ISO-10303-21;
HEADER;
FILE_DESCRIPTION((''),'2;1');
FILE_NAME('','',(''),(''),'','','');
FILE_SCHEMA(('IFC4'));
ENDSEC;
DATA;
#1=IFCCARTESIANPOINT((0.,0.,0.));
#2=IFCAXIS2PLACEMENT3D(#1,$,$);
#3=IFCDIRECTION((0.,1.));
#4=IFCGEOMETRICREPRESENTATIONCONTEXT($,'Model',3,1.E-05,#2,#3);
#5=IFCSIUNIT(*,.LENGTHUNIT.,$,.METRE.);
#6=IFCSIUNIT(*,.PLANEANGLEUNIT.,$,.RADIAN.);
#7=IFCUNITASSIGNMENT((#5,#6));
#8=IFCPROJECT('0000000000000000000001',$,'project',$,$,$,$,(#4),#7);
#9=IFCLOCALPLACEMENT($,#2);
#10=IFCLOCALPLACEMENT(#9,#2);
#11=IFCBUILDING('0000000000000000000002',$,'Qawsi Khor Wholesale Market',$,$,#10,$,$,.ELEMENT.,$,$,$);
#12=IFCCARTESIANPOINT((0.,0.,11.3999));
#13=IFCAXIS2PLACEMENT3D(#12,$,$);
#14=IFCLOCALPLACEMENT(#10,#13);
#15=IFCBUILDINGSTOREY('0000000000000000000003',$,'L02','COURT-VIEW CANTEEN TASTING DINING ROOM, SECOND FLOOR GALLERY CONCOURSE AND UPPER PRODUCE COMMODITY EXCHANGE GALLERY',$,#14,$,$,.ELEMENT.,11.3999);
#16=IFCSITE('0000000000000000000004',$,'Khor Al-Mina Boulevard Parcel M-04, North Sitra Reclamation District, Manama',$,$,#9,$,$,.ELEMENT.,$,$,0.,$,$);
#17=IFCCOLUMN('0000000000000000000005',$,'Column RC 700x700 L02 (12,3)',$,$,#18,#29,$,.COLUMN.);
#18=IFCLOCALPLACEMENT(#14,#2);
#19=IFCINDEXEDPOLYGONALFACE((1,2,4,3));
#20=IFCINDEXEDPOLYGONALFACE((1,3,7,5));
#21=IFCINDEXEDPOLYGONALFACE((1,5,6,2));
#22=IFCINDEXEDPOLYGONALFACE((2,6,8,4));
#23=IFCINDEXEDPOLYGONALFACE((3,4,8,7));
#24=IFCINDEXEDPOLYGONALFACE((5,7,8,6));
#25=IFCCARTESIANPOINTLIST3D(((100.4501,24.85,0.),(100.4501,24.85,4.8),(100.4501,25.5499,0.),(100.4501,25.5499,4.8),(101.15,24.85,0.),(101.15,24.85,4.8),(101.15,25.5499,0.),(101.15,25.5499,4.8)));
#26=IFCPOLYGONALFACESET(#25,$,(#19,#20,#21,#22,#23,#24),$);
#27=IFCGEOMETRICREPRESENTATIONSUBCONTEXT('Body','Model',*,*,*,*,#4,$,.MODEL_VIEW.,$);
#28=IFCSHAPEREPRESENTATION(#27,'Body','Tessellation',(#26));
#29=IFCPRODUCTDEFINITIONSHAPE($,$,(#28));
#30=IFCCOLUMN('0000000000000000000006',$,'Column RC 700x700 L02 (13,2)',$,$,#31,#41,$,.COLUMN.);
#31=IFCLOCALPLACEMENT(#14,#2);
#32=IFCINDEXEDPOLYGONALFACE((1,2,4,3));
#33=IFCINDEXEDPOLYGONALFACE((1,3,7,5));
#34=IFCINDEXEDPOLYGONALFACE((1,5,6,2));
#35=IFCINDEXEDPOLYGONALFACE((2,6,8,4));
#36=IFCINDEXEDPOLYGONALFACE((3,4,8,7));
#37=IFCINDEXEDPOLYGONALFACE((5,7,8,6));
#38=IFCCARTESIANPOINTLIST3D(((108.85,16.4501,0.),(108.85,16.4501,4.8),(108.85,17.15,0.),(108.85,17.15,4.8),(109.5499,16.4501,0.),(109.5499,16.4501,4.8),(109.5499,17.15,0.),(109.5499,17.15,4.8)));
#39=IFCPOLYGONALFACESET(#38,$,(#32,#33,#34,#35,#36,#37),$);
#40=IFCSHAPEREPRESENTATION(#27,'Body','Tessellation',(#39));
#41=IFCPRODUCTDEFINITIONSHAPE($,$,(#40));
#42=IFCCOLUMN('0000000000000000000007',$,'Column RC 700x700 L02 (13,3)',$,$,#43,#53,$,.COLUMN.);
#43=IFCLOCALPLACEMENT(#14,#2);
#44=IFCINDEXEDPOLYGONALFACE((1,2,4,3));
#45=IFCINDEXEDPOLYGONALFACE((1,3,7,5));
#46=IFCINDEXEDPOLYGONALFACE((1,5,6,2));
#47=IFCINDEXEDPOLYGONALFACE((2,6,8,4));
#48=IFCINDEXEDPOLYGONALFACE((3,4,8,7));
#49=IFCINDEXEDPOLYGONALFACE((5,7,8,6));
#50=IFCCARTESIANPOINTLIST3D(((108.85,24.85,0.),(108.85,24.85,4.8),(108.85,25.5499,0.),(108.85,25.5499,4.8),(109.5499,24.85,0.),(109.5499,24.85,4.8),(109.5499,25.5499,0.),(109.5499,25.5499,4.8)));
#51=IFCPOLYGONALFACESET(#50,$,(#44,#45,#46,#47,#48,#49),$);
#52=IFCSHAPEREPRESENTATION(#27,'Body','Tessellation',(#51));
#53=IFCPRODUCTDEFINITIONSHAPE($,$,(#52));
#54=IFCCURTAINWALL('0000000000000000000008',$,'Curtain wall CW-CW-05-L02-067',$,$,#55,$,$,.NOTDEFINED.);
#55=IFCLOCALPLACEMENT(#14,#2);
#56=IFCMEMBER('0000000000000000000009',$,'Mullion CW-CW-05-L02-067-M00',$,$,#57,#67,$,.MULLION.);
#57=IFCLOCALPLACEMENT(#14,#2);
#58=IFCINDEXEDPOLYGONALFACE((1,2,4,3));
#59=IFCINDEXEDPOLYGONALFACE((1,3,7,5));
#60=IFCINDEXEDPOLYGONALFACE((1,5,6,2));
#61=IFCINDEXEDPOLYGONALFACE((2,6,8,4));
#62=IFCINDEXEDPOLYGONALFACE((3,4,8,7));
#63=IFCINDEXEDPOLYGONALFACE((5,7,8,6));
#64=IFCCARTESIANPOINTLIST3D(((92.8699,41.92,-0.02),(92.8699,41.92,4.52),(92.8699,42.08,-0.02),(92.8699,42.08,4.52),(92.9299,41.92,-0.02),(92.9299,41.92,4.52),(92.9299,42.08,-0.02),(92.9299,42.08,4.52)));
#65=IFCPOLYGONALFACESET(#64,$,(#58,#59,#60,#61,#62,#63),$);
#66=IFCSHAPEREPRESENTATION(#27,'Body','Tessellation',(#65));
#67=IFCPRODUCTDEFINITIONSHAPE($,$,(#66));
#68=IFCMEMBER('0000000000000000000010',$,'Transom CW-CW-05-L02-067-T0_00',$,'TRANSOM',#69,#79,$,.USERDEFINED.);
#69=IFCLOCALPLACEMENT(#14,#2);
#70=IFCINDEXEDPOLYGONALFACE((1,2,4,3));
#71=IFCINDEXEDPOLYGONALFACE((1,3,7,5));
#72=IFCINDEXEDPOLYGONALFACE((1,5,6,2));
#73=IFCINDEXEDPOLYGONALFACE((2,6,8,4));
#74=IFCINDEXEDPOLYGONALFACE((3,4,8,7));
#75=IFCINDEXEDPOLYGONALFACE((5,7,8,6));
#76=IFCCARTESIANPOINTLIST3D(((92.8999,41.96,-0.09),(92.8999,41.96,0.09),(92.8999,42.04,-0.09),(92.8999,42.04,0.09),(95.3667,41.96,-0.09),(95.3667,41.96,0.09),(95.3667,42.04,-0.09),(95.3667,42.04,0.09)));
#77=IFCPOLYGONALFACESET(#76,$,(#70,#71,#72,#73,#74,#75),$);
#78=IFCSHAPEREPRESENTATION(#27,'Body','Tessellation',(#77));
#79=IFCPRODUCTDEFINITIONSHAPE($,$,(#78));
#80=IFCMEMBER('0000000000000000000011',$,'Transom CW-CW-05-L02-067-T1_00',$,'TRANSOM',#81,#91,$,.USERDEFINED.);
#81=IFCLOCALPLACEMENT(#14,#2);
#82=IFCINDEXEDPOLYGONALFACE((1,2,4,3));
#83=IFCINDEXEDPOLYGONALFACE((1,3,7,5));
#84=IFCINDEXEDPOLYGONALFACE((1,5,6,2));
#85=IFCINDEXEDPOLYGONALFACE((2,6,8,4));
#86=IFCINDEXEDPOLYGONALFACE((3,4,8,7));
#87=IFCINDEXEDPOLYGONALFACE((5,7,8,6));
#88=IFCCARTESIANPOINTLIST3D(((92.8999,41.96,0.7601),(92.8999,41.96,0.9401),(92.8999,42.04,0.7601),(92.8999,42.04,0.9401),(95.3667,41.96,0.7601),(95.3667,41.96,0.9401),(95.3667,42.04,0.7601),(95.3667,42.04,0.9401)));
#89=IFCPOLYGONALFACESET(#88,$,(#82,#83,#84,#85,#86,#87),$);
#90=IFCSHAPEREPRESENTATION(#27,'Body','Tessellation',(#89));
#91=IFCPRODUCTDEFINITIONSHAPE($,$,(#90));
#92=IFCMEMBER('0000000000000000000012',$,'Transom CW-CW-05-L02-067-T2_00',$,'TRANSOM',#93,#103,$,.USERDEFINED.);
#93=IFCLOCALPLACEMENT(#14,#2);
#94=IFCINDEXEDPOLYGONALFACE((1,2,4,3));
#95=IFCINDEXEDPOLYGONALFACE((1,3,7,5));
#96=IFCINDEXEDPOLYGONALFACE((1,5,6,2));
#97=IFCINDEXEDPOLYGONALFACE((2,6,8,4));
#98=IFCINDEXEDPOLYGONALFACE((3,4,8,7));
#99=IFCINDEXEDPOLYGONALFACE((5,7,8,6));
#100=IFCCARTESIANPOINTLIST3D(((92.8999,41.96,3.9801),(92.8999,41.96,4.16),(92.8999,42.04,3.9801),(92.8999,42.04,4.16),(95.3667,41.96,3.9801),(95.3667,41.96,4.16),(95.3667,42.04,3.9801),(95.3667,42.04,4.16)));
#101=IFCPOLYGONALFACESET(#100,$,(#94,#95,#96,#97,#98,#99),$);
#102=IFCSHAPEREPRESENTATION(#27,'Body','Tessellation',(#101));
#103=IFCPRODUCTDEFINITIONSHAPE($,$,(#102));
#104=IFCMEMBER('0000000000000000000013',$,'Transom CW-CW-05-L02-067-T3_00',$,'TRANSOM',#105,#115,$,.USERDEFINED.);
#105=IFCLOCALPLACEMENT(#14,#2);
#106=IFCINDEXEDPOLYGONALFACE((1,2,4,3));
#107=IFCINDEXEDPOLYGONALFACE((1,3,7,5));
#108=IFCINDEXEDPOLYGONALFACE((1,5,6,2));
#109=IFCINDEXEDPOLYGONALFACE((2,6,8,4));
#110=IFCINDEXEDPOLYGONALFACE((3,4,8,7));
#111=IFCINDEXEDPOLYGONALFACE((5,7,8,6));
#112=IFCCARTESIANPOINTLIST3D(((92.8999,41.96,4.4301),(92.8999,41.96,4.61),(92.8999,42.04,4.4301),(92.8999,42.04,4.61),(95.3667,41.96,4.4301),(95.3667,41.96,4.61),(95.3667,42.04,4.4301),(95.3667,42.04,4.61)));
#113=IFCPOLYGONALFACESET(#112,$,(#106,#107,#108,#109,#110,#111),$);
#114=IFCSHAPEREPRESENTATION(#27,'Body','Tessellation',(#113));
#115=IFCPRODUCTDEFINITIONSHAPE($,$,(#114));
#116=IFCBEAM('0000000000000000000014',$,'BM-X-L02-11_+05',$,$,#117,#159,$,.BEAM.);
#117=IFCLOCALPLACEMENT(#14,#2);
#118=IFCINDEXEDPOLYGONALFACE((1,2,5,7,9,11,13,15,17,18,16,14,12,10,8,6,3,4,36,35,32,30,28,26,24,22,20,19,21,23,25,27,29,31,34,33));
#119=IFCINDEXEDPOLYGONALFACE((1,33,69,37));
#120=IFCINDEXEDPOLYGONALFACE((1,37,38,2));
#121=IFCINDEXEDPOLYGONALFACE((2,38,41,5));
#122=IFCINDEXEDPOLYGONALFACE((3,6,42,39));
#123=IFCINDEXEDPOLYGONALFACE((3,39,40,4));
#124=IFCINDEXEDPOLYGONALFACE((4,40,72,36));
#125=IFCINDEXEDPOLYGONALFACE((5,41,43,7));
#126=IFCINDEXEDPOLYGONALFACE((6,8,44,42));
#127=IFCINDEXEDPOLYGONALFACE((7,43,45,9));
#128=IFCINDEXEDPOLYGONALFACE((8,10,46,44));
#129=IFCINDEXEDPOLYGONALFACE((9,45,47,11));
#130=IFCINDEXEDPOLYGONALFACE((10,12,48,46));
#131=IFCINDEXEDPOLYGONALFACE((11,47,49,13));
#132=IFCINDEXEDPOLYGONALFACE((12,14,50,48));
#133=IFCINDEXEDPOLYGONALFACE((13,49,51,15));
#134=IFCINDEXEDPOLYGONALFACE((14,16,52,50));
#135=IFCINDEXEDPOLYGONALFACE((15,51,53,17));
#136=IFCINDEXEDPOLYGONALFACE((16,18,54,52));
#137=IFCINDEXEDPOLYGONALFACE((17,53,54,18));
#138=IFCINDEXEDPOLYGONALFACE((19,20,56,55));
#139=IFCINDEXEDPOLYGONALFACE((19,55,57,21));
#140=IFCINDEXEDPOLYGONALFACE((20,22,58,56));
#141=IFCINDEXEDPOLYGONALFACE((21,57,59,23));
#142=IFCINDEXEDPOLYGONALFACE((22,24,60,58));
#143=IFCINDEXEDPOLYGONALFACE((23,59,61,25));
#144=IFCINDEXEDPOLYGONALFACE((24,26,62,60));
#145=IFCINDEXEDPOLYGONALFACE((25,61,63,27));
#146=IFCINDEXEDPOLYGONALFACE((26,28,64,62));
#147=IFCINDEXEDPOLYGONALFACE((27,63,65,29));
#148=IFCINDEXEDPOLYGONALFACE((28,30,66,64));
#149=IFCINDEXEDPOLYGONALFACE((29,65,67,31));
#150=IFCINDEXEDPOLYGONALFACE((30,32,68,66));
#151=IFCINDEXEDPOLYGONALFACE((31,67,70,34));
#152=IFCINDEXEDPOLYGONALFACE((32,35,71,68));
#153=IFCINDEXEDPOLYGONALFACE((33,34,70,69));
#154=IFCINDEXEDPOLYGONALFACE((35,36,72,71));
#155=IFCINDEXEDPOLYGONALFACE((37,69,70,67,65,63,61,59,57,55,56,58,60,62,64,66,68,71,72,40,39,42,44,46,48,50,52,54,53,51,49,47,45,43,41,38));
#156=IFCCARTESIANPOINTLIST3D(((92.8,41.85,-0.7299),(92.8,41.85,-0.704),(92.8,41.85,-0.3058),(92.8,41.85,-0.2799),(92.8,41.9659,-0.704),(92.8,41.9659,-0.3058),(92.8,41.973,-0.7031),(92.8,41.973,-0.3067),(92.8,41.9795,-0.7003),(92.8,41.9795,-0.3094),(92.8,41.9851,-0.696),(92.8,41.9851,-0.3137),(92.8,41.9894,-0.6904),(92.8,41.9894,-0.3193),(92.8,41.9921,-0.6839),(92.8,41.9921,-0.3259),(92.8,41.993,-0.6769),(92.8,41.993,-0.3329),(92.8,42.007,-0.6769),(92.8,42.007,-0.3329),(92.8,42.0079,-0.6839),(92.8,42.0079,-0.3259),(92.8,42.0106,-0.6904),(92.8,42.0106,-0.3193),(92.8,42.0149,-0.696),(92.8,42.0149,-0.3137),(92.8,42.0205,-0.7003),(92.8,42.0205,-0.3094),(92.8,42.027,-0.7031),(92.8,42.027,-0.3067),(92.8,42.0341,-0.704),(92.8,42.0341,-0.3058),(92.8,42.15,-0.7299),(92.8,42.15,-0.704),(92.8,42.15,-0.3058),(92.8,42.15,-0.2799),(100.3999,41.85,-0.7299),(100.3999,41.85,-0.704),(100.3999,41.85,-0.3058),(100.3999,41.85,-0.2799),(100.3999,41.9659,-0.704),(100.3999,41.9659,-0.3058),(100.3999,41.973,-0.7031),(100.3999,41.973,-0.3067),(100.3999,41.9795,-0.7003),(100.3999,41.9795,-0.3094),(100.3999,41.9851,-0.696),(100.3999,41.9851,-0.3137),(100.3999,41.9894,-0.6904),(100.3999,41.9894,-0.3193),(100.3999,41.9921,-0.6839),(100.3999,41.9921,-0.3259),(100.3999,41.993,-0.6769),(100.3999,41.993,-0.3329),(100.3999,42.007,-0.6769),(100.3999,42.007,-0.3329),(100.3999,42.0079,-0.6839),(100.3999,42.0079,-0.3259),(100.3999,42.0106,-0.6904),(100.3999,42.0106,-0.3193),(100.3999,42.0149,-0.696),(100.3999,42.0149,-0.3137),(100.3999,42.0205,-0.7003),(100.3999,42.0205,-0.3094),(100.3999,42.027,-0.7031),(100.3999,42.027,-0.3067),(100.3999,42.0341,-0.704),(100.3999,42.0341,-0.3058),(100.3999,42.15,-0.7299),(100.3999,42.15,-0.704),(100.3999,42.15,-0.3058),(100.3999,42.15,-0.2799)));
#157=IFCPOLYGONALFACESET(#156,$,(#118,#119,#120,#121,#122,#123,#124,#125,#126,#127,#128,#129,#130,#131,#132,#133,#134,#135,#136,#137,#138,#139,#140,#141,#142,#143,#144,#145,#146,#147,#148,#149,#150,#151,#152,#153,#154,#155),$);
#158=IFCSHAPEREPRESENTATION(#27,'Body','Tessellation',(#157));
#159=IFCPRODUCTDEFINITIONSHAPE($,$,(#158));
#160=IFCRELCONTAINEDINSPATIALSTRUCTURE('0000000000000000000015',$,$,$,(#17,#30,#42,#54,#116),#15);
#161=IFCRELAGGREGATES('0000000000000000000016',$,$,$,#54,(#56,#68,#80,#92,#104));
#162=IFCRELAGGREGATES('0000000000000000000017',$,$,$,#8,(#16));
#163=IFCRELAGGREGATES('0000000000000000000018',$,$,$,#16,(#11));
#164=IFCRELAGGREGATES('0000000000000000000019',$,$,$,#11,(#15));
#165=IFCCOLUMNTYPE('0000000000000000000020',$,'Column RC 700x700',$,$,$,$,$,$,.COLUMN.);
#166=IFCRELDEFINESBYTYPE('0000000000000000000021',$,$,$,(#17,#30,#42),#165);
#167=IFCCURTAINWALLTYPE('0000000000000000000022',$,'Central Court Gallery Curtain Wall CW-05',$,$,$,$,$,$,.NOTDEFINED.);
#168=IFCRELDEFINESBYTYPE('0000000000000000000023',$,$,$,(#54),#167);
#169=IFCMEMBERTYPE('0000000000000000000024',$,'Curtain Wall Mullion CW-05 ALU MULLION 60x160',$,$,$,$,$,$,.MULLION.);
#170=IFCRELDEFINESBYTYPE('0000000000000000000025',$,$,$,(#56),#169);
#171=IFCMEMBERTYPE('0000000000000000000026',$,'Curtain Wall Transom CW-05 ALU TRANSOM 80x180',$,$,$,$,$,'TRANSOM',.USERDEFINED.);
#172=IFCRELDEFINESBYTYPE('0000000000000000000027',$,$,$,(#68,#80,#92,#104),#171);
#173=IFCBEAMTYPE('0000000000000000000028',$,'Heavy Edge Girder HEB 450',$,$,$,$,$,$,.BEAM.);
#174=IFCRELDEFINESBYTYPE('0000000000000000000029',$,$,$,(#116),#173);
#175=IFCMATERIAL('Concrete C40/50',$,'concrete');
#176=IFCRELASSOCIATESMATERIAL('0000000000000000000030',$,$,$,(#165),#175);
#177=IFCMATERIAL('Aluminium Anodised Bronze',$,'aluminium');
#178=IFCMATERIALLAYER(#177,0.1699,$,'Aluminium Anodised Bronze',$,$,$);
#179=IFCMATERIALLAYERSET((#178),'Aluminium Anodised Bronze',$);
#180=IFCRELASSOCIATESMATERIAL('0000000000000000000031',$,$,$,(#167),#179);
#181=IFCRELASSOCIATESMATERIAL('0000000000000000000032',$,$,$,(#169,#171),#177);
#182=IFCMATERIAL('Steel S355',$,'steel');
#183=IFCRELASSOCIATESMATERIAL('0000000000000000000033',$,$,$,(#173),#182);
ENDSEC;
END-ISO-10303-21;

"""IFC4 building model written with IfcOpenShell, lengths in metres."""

from ifc_helpers import new_model, si_unit, direction, frame, origin, origin_2d, place, context, subcontext, project, spatial, rectangle, i_section, extrude, material, layer, layer_set, material_profile, profile_set, type_object, element, aggregate, save


model = new_model("IFC4")

# Units and contexts
model_context = context("Model", 3, precision=1e-05, world=origin(), true_north=direction((0.0, 1.0)))
body_context = subcontext(model_context, "Body", "Model", "MODEL_VIEW")
ifc_project = project(units=[si_unit("LENGTHUNIT", "METRE"), si_unit("PLANEANGLEUNIT", "RADIAN")], contexts=[model_context])

# Site, building, storey
site_placement = place(None, origin())
site = spatial("IfcSite", under=ifc_project, at=site_placement, Name="Khor Al-Mina Boulevard Parcel M-04, North Sitra Reclamation District, Manama", CompositionType="ELEMENT", RefElevation=0.0)
building_placement = place(site_placement, origin())
building = spatial("IfcBuilding", under=site, at=building_placement, Name="Qawsi Khor Wholesale Market", CompositionType="ELEMENT")
storey_placement = place(building_placement, frame((0.0, 0.0, 11.3999)))
storey = spatial("IfcBuildingStorey", under=building, at=storey_placement, Name="L02", Description="COURT-VIEW CANTEEN TASTING DINING ROOM, SECOND FLOOR GALLERY CONCOURSE AND UPPER PRODUCE COMMODITY EXCHANGE GALLERY", CompositionType="ELEMENT", Elevation=11.3999)

# Columns
ifc_material_1 = material(Name="Concrete C40/50", Category="concrete")
ifc_material_profile_1 = material_profile(ifc_material_1, rectangle(XDim=0.7, YDim=0.7, at=origin_2d()), Name="RC 700x700")
ifc_profile_set_1 = profile_set([ifc_material_profile_1], Name="Concrete C40/50")
column_type = type_object("IfcColumnType", Name="Column RC 700x700", PredefinedType="COLUMN", material=ifc_profile_set_1)
for number, where, z_axis, x_axis, name in (
    (1, (100.8, 25.2, 0.0), (0.0, 0.0, 1.0), (1.0, 0.0, 0.0), "Column RC 700x700 L02 (12,3)"),
    (2, (109.2, 16.8, 0.0), (0.0, 0.0, 1.0), (1.0, 0.0, 0.0), "Column RC 700x700 L02 (13,2)"),
    (3, (109.2, 25.2, 0.0), (0.0, 0.0, 1.0), (1.0, 0.0, 0.0), "Column RC 700x700 L02 (13,3)"),
):
    element("IfcColumn", number, at=place(storey_placement, frame(where, z_axis=z_axis, x_axis=x_axis)), inside=storey, type_object=column_type, Name=name, PredefinedType="COLUMN", context=body_context, shape_type="SweptSolid", body=[
        extrude(rectangle(XDim=0.7, YDim=0.7, at=origin_2d()), origin(), (0.0, 0.0, 1.0), 4.8),
    ])

# Curtain wall, members
ifc_material_2 = material(Name="Aluminium Anodised Bronze", Category="aluminium")
ifc_layer_1 = layer(ifc_material_2, 0.1699, Name="Aluminium Anodised Bronze")
ifc_layer_set_1 = layer_set([ifc_layer_1], Name="Aluminium Anodised Bronze")
curtain_wall_type = type_object("IfcCurtainWallType", Name="Central Court Gallery Curtain Wall CW-05", PredefinedType="NOTDEFINED", material=ifc_layer_set_1)
curtain_wall_placement = place(storey_placement, origin())
curtain_wall = element("IfcCurtainWall", 4, at=curtain_wall_placement, inside=storey, type_object=curtain_wall_type, Name="Curtain wall CW-CW-05-L02-067", PredefinedType="NOTDEFINED")
ifc_material_profile_2 = material_profile(ifc_material_2, rectangle(XDim=0.0601, YDim=0.1599, at=origin_2d()), Name="ALU MULLION 60x160")
ifc_profile_set_2 = profile_set([ifc_material_profile_2], Name="Aluminium Anodised Bronze")
member_type_1 = type_object("IfcMemberType", Name="Curtain Wall Mullion CW-05 ALU MULLION 60x160", PredefinedType="MULLION", material=ifc_profile_set_2)
member_1_placement = place(storey_placement, frame((92.8999, 42.0, -0.02), z_axis=(0.0, 0.0, 1.0), x_axis=(1.0, 0.0, 0.0)))
member_1 = element("IfcMember", 5, at=member_1_placement, type_object=member_type_1, Name="Mullion CW-CW-05-L02-067-M00", PredefinedType="MULLION", context=body_context, shape_type="SweptSolid", body=[
    extrude(rectangle(XDim=0.0601, YDim=0.1599, at=origin_2d()), origin(), (0.0, 0.0, 1.0), 4.54),
])
ifc_material_profile_3 = material_profile(ifc_material_2, rectangle(XDim=0.0801, YDim=0.1799, at=origin_2d()), Name="ALU TRANSOM 80x180")
ifc_profile_set_3 = profile_set([ifc_material_profile_3], Name="Aluminium Anodised Bronze")
member_type_2 = type_object("IfcMemberType", Name="Curtain Wall Transom CW-05 ALU TRANSOM 80x180", ElementType="TRANSOM", PredefinedType="USERDEFINED", material=ifc_profile_set_3)
member_2_placement = place(storey_placement, frame((92.8999, 42.0, 0.0), z_axis=(1.0, 0.0, 0.0), x_axis=(0.0, 1.0, 0.0)))
member_2 = element("IfcMember", 6, at=member_2_placement, type_object=member_type_2, Name="Transom CW-CW-05-L02-067-T0_00", ObjectType="TRANSOM", PredefinedType="USERDEFINED", context=body_context, shape_type="SweptSolid", body=[
    extrude(rectangle(XDim=0.0801, YDim=0.1799, at=origin_2d()), origin(), (0.0, 0.0, 1.0), 2.4668),
])
member_3_placement = place(storey_placement, frame((92.8999, 42.0, 0.8501), z_axis=(1.0, 0.0, 0.0), x_axis=(0.0, 1.0, 0.0)))
member_3 = element("IfcMember", 7, at=member_3_placement, type_object=member_type_2, Name="Transom CW-CW-05-L02-067-T1_00", ObjectType="TRANSOM", PredefinedType="USERDEFINED", context=body_context, shape_type="SweptSolid", body=[
    extrude(rectangle(XDim=0.0801, YDim=0.1799, at=origin_2d()), origin(), (0.0, 0.0, 1.0), 2.4668),
])
member_4_placement = place(storey_placement, frame((92.8999, 42.0, 4.0701), z_axis=(1.0, 0.0, 0.0), x_axis=(0.0, 1.0, 0.0)))
member_4 = element("IfcMember", 8, at=member_4_placement, type_object=member_type_2, Name="Transom CW-CW-05-L02-067-T2_00", ObjectType="TRANSOM", PredefinedType="USERDEFINED", context=body_context, shape_type="SweptSolid", body=[
    extrude(rectangle(XDim=0.0801, YDim=0.1799, at=origin_2d()), origin(), (0.0, 0.0, 1.0), 2.4668),
])
member_5_placement = place(storey_placement, frame((92.8999, 42.0, 4.52), z_axis=(1.0, 0.0, 0.0), x_axis=(0.0, 1.0, 0.0)))
member_5 = element("IfcMember", 9, at=member_5_placement, type_object=member_type_2, Name="Transom CW-CW-05-L02-067-T3_00", ObjectType="TRANSOM", PredefinedType="USERDEFINED", context=body_context, shape_type="SweptSolid", body=[
    extrude(rectangle(XDim=0.0801, YDim=0.1799, at=origin_2d()), origin(), (0.0, 0.0, 1.0), 2.4668),
])

# Beam
ifc_material_3 = material(Name="Steel S355", Category="steel")
ifc_material_profile_4 = material_profile(ifc_material_3, i_section(OverallWidth=0.3, OverallDepth=0.45, WebThickness=0.0139, FlangeThickness=0.0259, FilletRadius=0.0271, at=origin_2d()), Name="HEB 450")
ifc_profile_set_4 = profile_set([ifc_material_profile_4], Name="Steel S355")
beam_type_1 = type_object("IfcBeamType", Name="Heavy Edge Girder HEB 450", PredefinedType="BEAM", material=ifc_profile_set_4)
beam_1_placement = place(storey_placement, frame((92.8, 42.0, -0.5049), z_axis=(1.0, 0.0, 0.0), x_axis=(0.0, 1.0, 0.0)))
element("IfcBeam", 10, at=beam_1_placement, inside=storey, type_object=beam_type_1, Name="BM-X-L02-11_+05", PredefinedType="BEAM", context=body_context, shape_type="SweptSolid", body=[
    extrude(i_section(OverallWidth=0.3, OverallDepth=0.45, WebThickness=0.0139, FlangeThickness=0.0259, FilletRadius=0.0271, at=origin_2d()), origin(), (0.0, 0.0, 1.0), 7.5999),
])

aggregate(curtain_wall, [member_1, member_2, member_3, member_4, member_5])

save(model, "model.ifc")
